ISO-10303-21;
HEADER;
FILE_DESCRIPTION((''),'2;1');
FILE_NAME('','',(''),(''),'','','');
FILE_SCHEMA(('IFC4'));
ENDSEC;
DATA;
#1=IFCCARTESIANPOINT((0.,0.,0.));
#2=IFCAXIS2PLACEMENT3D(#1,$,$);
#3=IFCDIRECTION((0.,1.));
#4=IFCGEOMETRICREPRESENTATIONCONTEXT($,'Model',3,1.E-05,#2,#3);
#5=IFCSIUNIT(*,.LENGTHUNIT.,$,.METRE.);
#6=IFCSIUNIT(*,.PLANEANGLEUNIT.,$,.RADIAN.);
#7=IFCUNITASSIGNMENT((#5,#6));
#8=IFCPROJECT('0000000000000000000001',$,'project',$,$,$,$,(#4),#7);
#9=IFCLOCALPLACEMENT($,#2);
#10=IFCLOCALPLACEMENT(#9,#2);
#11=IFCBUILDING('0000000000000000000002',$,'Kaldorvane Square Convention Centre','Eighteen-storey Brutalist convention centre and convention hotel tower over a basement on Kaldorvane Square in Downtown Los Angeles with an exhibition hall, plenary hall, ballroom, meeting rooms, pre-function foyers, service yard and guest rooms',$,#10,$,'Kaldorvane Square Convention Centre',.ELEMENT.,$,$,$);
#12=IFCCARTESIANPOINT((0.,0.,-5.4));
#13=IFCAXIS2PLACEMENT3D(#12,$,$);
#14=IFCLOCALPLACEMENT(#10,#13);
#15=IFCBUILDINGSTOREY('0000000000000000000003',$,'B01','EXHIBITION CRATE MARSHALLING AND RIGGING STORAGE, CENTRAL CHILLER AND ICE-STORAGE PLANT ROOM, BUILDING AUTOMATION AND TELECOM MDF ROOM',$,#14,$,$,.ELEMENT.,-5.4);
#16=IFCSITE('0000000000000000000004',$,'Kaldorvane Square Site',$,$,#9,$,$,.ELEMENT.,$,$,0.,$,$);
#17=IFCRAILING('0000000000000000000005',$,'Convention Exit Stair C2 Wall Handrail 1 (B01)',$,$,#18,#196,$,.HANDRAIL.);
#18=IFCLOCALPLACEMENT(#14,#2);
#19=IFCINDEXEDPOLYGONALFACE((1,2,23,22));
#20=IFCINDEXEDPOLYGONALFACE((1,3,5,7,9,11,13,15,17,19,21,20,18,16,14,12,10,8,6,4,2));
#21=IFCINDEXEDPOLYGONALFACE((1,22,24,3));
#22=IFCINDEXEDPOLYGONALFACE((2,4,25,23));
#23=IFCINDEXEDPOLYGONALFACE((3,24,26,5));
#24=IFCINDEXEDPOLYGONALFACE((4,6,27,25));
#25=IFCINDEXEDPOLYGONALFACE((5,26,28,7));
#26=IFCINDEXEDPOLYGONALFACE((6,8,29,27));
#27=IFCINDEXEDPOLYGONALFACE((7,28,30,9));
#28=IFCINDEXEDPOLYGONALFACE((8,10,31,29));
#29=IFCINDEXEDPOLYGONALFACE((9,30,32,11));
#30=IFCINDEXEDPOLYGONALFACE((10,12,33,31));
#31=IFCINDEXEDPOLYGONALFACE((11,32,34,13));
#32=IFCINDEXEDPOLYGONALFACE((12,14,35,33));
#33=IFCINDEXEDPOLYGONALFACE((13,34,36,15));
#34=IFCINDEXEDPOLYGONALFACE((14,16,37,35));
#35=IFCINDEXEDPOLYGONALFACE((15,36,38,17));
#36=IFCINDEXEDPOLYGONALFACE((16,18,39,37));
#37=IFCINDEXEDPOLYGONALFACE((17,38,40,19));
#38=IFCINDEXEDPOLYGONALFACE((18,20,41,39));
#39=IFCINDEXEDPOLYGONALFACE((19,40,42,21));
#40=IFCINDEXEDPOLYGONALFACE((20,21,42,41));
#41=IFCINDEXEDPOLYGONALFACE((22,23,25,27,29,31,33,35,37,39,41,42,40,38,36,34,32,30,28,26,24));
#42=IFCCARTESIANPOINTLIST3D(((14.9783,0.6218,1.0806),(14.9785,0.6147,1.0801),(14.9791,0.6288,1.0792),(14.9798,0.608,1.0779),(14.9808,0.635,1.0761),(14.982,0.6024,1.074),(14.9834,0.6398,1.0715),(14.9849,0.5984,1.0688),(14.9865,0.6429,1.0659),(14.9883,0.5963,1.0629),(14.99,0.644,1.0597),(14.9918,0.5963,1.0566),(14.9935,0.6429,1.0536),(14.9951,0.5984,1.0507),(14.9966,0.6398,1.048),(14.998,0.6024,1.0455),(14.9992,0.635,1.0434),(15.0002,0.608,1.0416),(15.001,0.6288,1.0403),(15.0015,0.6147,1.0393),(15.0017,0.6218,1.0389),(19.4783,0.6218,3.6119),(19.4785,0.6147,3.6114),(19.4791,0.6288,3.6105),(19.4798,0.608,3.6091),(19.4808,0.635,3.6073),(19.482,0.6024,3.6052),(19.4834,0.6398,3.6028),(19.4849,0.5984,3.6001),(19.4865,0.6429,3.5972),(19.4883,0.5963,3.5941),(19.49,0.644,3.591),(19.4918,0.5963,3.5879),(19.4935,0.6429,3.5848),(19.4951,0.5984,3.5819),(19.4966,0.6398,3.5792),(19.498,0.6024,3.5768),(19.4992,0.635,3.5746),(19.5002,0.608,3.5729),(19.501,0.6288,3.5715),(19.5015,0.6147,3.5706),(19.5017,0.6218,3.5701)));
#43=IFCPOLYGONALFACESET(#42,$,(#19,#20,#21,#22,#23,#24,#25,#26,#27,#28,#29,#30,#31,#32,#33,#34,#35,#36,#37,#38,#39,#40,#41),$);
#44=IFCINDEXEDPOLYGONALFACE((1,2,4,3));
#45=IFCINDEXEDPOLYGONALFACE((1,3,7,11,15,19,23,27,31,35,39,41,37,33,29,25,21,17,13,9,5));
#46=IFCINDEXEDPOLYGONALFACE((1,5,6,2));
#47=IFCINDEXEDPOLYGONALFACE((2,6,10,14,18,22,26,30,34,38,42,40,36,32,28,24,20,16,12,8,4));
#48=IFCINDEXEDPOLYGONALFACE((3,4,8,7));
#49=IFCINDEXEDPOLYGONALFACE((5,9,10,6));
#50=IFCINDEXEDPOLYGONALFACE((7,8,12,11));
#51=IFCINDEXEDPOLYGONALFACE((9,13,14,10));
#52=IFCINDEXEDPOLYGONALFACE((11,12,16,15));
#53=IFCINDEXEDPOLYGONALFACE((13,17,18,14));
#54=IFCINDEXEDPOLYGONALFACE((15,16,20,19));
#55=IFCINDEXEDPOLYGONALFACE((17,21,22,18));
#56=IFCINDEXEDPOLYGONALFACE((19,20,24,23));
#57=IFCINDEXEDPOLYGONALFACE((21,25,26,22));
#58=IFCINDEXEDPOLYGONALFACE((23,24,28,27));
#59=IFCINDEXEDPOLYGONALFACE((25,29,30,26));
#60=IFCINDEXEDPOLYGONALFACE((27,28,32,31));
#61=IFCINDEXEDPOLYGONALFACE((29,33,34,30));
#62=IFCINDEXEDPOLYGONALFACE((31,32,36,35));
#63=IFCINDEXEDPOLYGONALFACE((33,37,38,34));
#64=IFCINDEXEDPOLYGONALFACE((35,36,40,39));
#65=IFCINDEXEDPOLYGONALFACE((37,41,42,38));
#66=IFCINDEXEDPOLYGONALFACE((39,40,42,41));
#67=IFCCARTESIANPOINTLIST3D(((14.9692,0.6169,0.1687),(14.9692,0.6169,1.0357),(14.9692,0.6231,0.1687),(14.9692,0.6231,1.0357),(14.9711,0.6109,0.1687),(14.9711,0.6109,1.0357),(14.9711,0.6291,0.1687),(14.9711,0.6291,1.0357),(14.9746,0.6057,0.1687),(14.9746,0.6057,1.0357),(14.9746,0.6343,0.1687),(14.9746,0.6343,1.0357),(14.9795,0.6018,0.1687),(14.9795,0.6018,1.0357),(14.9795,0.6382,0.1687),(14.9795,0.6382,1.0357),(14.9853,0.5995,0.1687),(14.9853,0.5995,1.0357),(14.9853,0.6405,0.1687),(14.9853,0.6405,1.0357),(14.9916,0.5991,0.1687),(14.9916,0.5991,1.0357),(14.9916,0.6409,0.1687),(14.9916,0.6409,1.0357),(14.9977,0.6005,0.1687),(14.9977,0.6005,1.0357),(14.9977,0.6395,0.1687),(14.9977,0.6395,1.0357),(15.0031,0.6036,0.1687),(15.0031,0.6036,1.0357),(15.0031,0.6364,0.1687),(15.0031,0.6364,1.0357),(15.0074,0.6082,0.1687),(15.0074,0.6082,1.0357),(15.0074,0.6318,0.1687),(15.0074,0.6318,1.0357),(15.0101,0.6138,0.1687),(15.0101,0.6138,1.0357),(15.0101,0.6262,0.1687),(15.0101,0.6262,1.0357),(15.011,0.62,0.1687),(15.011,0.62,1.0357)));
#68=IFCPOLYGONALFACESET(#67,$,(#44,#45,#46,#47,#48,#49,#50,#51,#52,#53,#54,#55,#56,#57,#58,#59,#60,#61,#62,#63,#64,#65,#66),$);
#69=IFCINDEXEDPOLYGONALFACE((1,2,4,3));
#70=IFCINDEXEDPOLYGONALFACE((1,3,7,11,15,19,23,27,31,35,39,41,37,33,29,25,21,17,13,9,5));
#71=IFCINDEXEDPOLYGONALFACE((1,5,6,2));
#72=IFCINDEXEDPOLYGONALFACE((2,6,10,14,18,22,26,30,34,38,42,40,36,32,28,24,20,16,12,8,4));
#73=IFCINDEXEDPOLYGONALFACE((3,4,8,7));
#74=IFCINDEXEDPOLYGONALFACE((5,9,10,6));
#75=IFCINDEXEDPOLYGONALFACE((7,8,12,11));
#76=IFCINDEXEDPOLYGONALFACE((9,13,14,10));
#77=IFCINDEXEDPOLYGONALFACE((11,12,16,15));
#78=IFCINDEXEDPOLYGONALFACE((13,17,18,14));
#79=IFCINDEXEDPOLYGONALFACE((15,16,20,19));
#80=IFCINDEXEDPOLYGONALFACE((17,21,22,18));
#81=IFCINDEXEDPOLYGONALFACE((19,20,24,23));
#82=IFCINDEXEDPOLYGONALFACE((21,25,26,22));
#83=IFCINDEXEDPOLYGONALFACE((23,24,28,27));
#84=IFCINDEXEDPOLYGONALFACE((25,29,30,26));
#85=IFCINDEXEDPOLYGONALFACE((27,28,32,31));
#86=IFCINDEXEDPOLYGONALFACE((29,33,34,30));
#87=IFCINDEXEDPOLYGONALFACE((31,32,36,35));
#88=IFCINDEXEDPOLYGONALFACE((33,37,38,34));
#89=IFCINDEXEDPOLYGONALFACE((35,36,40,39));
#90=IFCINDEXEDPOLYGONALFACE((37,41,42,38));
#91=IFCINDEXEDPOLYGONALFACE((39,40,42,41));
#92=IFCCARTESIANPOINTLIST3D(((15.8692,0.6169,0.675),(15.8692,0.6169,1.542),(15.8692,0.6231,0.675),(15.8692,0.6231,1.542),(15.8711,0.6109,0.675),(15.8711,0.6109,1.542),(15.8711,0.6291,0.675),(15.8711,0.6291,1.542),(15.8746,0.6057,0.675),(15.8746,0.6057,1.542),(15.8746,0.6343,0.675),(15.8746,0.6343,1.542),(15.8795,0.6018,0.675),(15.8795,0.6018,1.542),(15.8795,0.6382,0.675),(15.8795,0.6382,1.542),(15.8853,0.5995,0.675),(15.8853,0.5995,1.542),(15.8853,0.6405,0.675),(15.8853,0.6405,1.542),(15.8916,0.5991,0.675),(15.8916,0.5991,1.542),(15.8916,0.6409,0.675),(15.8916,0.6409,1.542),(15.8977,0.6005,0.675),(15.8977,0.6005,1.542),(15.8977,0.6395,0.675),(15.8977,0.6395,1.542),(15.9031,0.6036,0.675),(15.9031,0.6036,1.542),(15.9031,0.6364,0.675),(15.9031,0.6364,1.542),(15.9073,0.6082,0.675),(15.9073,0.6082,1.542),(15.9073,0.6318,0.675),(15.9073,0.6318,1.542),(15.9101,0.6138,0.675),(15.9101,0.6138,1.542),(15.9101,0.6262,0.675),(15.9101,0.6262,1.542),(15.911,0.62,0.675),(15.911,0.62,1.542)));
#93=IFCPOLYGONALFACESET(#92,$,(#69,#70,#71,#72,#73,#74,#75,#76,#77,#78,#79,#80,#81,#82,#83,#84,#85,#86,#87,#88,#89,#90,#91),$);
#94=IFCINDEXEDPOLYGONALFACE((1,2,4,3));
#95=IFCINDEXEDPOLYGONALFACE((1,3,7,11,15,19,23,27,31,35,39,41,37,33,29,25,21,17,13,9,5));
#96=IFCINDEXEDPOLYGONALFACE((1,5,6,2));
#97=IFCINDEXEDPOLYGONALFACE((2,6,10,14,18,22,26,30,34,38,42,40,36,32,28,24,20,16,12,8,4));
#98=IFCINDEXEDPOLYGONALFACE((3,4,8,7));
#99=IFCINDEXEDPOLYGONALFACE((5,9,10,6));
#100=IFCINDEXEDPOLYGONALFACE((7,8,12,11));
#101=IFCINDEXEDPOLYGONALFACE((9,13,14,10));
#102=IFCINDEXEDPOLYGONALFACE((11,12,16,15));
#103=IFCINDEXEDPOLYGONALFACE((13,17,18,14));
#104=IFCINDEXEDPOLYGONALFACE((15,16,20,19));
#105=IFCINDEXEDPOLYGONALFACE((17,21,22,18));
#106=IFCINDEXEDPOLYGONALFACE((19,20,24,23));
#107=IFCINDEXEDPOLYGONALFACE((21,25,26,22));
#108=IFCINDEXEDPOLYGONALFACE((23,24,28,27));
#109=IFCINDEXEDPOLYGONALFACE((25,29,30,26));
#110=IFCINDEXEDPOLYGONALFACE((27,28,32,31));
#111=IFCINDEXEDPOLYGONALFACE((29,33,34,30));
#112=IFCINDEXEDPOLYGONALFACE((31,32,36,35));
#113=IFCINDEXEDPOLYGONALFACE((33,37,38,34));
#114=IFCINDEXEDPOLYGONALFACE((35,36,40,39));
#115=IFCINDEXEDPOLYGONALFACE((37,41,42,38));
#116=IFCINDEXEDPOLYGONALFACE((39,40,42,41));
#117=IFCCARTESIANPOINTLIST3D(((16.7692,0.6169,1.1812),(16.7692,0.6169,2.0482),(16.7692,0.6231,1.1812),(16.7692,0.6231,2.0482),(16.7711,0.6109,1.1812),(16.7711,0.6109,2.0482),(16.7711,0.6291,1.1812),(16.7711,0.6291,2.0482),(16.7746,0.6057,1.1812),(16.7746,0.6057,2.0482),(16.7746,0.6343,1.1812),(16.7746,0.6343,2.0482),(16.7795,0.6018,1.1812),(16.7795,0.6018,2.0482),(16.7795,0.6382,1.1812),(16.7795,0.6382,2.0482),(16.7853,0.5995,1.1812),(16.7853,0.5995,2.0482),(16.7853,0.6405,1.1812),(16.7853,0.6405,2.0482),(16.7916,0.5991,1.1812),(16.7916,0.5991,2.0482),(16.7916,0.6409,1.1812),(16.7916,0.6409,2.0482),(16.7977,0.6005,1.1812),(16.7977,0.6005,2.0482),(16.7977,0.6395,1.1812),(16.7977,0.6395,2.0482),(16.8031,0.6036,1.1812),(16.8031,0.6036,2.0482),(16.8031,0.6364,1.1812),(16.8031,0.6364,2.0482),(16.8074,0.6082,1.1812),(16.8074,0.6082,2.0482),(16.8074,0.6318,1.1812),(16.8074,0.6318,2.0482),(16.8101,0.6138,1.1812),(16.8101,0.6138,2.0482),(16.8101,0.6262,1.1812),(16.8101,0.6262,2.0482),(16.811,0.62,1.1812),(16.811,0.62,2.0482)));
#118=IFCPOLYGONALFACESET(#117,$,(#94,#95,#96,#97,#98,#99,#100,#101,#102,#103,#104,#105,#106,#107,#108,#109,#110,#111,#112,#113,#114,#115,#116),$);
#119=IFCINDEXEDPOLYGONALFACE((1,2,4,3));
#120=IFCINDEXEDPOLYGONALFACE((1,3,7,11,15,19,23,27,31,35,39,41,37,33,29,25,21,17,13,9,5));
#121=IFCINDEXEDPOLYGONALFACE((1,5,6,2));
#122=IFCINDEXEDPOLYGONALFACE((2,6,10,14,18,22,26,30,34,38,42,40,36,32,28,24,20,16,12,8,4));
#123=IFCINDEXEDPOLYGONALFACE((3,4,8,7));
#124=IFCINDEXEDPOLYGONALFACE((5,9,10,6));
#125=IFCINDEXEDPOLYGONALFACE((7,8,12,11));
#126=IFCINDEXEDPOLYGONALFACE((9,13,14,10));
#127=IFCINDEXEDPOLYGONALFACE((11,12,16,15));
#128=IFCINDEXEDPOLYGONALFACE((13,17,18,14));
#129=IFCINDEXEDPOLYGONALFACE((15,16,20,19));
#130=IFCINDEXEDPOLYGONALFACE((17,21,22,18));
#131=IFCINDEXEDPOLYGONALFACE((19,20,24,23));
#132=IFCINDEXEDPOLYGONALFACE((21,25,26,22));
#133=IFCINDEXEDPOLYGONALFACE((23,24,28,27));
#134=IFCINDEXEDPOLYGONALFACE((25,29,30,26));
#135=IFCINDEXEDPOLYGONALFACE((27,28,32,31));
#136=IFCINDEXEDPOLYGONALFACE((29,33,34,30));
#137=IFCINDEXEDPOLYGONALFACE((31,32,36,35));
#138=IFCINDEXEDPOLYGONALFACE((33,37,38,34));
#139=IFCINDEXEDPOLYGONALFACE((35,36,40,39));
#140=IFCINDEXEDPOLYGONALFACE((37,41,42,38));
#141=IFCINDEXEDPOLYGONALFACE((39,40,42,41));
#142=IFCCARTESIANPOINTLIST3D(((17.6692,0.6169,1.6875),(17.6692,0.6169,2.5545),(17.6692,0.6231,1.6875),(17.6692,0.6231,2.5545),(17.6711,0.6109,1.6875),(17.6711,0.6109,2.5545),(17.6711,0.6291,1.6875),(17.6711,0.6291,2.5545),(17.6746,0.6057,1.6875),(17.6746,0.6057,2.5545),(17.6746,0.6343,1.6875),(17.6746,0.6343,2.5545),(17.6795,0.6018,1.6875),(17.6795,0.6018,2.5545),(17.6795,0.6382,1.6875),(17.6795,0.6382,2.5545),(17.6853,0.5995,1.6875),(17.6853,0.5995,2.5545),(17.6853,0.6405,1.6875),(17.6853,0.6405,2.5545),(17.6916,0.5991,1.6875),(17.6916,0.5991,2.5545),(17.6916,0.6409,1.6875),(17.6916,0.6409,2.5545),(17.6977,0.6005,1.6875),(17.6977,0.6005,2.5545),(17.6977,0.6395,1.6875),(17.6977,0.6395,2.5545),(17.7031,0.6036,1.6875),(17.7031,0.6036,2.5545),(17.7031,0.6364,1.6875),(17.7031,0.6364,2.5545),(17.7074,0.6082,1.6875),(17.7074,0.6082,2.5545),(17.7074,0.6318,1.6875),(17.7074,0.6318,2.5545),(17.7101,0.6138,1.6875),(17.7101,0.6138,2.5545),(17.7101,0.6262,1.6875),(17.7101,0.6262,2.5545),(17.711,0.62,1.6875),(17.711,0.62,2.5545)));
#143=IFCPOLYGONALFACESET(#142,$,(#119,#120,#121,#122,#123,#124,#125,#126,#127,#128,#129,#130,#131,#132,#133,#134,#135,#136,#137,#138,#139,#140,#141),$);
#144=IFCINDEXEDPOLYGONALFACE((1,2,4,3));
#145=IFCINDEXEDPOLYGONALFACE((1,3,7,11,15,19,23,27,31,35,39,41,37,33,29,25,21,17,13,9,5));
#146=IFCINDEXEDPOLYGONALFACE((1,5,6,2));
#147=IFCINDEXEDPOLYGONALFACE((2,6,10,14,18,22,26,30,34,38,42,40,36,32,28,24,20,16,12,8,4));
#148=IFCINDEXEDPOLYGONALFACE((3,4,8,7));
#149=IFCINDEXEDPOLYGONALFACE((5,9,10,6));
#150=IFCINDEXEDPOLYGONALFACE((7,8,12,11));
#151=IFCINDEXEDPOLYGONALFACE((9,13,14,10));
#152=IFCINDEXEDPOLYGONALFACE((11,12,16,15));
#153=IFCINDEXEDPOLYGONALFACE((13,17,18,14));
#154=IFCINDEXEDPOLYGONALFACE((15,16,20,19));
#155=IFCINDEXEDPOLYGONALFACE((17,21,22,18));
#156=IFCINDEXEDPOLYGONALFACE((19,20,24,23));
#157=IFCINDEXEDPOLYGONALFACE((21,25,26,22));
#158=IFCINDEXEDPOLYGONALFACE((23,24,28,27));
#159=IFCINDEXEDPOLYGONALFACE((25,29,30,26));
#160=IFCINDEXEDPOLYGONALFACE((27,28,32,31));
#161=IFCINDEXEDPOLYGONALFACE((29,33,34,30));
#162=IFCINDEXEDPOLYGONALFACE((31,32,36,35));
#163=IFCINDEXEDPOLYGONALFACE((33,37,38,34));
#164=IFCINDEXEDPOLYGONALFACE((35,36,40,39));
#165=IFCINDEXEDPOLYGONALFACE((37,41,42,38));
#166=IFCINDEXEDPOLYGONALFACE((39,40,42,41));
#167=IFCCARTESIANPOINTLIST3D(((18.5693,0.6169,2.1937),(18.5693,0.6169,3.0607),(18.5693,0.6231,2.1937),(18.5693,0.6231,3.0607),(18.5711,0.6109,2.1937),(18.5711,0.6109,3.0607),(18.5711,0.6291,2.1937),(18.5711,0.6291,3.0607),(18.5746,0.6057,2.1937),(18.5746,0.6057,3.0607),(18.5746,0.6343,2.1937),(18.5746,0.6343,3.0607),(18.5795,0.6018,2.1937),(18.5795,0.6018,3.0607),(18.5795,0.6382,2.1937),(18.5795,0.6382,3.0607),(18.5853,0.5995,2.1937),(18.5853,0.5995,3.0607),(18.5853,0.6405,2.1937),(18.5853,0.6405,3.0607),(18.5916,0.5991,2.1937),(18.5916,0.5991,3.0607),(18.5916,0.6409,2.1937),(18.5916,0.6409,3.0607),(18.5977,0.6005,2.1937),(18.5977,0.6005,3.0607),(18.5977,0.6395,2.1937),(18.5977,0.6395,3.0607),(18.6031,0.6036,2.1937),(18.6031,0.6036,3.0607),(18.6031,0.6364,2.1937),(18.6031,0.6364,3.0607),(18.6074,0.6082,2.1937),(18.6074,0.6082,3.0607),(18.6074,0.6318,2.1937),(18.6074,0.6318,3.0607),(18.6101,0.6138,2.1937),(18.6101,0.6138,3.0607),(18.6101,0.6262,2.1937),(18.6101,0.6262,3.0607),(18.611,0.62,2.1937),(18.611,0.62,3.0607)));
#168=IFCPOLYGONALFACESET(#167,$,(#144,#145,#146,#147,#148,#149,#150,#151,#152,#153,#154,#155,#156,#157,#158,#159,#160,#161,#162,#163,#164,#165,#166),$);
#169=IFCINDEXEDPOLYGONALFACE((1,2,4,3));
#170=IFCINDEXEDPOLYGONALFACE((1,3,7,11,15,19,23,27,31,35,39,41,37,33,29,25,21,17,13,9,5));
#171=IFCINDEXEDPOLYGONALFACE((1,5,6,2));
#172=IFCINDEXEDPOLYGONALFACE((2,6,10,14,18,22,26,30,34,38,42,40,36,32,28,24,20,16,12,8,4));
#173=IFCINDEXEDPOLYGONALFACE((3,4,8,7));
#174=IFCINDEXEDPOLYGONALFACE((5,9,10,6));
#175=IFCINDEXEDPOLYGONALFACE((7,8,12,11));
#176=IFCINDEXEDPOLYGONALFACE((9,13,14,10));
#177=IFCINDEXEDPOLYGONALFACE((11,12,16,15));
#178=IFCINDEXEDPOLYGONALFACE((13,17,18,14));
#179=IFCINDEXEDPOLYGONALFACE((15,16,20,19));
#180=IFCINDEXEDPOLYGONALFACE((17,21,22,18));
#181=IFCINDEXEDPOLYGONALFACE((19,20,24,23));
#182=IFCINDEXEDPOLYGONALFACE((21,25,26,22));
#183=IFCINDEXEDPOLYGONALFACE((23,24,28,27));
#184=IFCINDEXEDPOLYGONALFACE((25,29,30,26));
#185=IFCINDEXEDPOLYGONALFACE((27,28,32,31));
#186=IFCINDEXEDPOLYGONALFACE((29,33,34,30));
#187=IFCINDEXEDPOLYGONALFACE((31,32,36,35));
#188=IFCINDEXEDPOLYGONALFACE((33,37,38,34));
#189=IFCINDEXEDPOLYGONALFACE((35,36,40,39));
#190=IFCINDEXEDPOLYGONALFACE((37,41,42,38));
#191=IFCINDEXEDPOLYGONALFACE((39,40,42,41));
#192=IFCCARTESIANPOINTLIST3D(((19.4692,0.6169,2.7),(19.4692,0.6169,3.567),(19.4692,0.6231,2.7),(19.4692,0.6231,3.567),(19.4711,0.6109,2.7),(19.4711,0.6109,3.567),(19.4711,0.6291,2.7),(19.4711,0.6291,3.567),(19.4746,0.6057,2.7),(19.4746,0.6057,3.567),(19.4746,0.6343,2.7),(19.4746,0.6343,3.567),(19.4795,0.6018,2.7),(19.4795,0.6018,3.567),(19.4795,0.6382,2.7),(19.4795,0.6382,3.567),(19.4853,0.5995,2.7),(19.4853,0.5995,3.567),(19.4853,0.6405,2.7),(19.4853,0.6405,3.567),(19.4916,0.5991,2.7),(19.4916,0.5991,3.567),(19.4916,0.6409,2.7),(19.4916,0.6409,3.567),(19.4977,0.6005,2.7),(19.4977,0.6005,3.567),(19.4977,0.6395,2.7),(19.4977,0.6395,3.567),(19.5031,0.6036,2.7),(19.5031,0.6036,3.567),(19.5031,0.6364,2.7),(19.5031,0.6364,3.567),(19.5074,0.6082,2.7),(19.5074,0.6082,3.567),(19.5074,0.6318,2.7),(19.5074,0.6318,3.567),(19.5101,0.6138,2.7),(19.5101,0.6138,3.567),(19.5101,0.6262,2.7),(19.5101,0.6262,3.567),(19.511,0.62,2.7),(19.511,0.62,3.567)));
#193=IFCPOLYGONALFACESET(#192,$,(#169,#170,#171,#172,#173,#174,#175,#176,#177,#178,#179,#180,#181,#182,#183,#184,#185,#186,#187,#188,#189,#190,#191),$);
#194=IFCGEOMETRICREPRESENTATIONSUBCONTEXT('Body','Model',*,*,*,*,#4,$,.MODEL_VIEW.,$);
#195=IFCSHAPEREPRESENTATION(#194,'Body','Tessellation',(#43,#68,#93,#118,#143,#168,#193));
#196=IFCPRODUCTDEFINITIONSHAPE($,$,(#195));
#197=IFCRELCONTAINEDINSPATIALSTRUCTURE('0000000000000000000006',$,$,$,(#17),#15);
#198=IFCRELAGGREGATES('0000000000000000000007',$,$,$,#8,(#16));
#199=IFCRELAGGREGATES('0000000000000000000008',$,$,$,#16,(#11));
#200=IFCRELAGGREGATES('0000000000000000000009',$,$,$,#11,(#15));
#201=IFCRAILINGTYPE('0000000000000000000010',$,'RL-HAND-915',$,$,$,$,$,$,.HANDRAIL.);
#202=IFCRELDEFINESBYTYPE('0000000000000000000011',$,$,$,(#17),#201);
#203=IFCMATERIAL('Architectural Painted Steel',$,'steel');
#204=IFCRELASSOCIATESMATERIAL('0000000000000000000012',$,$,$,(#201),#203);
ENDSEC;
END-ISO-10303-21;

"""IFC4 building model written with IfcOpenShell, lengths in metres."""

from ifc_helpers import new_model, si_unit, direction, frame, origin, origin_2d, place, context, subcontext, project, spatial, circle, extrude, material, type_object, element, save


model = new_model("IFC4")

# Units and contexts
model_context = context("Model", 3, precision=1e-05, world=origin(), true_north=direction((0.0, 1.0)))
body_context = subcontext(model_context, "Body", "Model", "MODEL_VIEW")
ifc_project = project(units=[si_unit("LENGTHUNIT", "METRE"), si_unit("PLANEANGLEUNIT", "RADIAN")], contexts=[model_context])

# Site, building, storey
site_placement = place(None, origin())
site = spatial("IfcSite", under=ifc_project, at=site_placement, Name="Kaldorvane Square Site", CompositionType="ELEMENT", RefElevation=0.0)
building_placement = place(site_placement, origin())
building = spatial("IfcBuilding", under=site, at=building_placement, Name="Kaldorvane Square Convention Centre", Description="Eighteen-storey Brutalist convention centre and convention hotel tower over a basement on Kaldorvane Square in Downtown Los Angeles with an exhibition hall, plenary hall, ballroom, meeting rooms, pre-function foyers, service yard and guest rooms", LongName="Kaldorvane Square Convention Centre", CompositionType="ELEMENT")
storey_placement = place(building_placement, frame((0.0, 0.0, -5.4)))
storey = spatial("IfcBuildingStorey", under=building, at=storey_placement, Name="B01", Description="EXHIBITION CRATE MARSHALLING AND RIGGING STORAGE, CENTRAL CHILLER AND ICE-STORAGE PLANT ROOM, BUILDING AUTOMATION AND TELECOM MDF ROOM", CompositionType="ELEMENT", Elevation=-5.4)

# Railing
ifc_material_1 = material(Name="Architectural Painted Steel", Category="steel")
railing_type_1 = type_object("IfcRailingType", Name="RL-HAND-915", PredefinedType="HANDRAIL", material=ifc_material_1)
for number, where, name in (
    (1, (14.99, 0.62, 0.1687), "Convention Exit Stair C2 Wall Handrail 1 (B01)"),
):
    element("IfcRailing", number, at=place(storey_placement, frame(where)), inside=storey, type_object=railing_type_1, Name=name, PredefinedType="HANDRAIL", context=body_context, shape_type="SweptSolid", body=[
        extrude(circle(Radius=0.024, at=origin_2d()), frame((0.0, 0.0, 0.891), z_axis=(0.871576, 0.0, 0.490261), x_axis=(0.0, 1.0, 0.0)), (0.0, 0.0, 1.0), 5.1631),
        extrude(circle(Radius=0.021, at=origin_2d()), origin(), (0.0, 0.0, 1.0), 0.867),
        extrude(circle(Radius=0.021, at=origin_2d()), frame((0.9, 0.0, 0.5063)), (0.0, 0.0, 1.0), 0.867),
        extrude(circle(Radius=0.021, at=origin_2d()), frame((1.8, 0.0, 1.0125)), (0.0, 0.0, 1.0), 0.867),
        extrude(circle(Radius=0.021, at=origin_2d()), frame((2.7, 0.0, 1.5188)), (0.0, 0.0, 1.0), 0.867),
        extrude(circle(Radius=0.021, at=origin_2d()), frame((3.6, 0.0, 2.025)), (0.0, 0.0, 1.0), 0.867),
        extrude(circle(Radius=0.021, at=origin_2d()), frame((4.5, 0.0, 2.5312)), (0.0, 0.0, 1.0), 0.867),
    ])

save(model, "model.ifc")
